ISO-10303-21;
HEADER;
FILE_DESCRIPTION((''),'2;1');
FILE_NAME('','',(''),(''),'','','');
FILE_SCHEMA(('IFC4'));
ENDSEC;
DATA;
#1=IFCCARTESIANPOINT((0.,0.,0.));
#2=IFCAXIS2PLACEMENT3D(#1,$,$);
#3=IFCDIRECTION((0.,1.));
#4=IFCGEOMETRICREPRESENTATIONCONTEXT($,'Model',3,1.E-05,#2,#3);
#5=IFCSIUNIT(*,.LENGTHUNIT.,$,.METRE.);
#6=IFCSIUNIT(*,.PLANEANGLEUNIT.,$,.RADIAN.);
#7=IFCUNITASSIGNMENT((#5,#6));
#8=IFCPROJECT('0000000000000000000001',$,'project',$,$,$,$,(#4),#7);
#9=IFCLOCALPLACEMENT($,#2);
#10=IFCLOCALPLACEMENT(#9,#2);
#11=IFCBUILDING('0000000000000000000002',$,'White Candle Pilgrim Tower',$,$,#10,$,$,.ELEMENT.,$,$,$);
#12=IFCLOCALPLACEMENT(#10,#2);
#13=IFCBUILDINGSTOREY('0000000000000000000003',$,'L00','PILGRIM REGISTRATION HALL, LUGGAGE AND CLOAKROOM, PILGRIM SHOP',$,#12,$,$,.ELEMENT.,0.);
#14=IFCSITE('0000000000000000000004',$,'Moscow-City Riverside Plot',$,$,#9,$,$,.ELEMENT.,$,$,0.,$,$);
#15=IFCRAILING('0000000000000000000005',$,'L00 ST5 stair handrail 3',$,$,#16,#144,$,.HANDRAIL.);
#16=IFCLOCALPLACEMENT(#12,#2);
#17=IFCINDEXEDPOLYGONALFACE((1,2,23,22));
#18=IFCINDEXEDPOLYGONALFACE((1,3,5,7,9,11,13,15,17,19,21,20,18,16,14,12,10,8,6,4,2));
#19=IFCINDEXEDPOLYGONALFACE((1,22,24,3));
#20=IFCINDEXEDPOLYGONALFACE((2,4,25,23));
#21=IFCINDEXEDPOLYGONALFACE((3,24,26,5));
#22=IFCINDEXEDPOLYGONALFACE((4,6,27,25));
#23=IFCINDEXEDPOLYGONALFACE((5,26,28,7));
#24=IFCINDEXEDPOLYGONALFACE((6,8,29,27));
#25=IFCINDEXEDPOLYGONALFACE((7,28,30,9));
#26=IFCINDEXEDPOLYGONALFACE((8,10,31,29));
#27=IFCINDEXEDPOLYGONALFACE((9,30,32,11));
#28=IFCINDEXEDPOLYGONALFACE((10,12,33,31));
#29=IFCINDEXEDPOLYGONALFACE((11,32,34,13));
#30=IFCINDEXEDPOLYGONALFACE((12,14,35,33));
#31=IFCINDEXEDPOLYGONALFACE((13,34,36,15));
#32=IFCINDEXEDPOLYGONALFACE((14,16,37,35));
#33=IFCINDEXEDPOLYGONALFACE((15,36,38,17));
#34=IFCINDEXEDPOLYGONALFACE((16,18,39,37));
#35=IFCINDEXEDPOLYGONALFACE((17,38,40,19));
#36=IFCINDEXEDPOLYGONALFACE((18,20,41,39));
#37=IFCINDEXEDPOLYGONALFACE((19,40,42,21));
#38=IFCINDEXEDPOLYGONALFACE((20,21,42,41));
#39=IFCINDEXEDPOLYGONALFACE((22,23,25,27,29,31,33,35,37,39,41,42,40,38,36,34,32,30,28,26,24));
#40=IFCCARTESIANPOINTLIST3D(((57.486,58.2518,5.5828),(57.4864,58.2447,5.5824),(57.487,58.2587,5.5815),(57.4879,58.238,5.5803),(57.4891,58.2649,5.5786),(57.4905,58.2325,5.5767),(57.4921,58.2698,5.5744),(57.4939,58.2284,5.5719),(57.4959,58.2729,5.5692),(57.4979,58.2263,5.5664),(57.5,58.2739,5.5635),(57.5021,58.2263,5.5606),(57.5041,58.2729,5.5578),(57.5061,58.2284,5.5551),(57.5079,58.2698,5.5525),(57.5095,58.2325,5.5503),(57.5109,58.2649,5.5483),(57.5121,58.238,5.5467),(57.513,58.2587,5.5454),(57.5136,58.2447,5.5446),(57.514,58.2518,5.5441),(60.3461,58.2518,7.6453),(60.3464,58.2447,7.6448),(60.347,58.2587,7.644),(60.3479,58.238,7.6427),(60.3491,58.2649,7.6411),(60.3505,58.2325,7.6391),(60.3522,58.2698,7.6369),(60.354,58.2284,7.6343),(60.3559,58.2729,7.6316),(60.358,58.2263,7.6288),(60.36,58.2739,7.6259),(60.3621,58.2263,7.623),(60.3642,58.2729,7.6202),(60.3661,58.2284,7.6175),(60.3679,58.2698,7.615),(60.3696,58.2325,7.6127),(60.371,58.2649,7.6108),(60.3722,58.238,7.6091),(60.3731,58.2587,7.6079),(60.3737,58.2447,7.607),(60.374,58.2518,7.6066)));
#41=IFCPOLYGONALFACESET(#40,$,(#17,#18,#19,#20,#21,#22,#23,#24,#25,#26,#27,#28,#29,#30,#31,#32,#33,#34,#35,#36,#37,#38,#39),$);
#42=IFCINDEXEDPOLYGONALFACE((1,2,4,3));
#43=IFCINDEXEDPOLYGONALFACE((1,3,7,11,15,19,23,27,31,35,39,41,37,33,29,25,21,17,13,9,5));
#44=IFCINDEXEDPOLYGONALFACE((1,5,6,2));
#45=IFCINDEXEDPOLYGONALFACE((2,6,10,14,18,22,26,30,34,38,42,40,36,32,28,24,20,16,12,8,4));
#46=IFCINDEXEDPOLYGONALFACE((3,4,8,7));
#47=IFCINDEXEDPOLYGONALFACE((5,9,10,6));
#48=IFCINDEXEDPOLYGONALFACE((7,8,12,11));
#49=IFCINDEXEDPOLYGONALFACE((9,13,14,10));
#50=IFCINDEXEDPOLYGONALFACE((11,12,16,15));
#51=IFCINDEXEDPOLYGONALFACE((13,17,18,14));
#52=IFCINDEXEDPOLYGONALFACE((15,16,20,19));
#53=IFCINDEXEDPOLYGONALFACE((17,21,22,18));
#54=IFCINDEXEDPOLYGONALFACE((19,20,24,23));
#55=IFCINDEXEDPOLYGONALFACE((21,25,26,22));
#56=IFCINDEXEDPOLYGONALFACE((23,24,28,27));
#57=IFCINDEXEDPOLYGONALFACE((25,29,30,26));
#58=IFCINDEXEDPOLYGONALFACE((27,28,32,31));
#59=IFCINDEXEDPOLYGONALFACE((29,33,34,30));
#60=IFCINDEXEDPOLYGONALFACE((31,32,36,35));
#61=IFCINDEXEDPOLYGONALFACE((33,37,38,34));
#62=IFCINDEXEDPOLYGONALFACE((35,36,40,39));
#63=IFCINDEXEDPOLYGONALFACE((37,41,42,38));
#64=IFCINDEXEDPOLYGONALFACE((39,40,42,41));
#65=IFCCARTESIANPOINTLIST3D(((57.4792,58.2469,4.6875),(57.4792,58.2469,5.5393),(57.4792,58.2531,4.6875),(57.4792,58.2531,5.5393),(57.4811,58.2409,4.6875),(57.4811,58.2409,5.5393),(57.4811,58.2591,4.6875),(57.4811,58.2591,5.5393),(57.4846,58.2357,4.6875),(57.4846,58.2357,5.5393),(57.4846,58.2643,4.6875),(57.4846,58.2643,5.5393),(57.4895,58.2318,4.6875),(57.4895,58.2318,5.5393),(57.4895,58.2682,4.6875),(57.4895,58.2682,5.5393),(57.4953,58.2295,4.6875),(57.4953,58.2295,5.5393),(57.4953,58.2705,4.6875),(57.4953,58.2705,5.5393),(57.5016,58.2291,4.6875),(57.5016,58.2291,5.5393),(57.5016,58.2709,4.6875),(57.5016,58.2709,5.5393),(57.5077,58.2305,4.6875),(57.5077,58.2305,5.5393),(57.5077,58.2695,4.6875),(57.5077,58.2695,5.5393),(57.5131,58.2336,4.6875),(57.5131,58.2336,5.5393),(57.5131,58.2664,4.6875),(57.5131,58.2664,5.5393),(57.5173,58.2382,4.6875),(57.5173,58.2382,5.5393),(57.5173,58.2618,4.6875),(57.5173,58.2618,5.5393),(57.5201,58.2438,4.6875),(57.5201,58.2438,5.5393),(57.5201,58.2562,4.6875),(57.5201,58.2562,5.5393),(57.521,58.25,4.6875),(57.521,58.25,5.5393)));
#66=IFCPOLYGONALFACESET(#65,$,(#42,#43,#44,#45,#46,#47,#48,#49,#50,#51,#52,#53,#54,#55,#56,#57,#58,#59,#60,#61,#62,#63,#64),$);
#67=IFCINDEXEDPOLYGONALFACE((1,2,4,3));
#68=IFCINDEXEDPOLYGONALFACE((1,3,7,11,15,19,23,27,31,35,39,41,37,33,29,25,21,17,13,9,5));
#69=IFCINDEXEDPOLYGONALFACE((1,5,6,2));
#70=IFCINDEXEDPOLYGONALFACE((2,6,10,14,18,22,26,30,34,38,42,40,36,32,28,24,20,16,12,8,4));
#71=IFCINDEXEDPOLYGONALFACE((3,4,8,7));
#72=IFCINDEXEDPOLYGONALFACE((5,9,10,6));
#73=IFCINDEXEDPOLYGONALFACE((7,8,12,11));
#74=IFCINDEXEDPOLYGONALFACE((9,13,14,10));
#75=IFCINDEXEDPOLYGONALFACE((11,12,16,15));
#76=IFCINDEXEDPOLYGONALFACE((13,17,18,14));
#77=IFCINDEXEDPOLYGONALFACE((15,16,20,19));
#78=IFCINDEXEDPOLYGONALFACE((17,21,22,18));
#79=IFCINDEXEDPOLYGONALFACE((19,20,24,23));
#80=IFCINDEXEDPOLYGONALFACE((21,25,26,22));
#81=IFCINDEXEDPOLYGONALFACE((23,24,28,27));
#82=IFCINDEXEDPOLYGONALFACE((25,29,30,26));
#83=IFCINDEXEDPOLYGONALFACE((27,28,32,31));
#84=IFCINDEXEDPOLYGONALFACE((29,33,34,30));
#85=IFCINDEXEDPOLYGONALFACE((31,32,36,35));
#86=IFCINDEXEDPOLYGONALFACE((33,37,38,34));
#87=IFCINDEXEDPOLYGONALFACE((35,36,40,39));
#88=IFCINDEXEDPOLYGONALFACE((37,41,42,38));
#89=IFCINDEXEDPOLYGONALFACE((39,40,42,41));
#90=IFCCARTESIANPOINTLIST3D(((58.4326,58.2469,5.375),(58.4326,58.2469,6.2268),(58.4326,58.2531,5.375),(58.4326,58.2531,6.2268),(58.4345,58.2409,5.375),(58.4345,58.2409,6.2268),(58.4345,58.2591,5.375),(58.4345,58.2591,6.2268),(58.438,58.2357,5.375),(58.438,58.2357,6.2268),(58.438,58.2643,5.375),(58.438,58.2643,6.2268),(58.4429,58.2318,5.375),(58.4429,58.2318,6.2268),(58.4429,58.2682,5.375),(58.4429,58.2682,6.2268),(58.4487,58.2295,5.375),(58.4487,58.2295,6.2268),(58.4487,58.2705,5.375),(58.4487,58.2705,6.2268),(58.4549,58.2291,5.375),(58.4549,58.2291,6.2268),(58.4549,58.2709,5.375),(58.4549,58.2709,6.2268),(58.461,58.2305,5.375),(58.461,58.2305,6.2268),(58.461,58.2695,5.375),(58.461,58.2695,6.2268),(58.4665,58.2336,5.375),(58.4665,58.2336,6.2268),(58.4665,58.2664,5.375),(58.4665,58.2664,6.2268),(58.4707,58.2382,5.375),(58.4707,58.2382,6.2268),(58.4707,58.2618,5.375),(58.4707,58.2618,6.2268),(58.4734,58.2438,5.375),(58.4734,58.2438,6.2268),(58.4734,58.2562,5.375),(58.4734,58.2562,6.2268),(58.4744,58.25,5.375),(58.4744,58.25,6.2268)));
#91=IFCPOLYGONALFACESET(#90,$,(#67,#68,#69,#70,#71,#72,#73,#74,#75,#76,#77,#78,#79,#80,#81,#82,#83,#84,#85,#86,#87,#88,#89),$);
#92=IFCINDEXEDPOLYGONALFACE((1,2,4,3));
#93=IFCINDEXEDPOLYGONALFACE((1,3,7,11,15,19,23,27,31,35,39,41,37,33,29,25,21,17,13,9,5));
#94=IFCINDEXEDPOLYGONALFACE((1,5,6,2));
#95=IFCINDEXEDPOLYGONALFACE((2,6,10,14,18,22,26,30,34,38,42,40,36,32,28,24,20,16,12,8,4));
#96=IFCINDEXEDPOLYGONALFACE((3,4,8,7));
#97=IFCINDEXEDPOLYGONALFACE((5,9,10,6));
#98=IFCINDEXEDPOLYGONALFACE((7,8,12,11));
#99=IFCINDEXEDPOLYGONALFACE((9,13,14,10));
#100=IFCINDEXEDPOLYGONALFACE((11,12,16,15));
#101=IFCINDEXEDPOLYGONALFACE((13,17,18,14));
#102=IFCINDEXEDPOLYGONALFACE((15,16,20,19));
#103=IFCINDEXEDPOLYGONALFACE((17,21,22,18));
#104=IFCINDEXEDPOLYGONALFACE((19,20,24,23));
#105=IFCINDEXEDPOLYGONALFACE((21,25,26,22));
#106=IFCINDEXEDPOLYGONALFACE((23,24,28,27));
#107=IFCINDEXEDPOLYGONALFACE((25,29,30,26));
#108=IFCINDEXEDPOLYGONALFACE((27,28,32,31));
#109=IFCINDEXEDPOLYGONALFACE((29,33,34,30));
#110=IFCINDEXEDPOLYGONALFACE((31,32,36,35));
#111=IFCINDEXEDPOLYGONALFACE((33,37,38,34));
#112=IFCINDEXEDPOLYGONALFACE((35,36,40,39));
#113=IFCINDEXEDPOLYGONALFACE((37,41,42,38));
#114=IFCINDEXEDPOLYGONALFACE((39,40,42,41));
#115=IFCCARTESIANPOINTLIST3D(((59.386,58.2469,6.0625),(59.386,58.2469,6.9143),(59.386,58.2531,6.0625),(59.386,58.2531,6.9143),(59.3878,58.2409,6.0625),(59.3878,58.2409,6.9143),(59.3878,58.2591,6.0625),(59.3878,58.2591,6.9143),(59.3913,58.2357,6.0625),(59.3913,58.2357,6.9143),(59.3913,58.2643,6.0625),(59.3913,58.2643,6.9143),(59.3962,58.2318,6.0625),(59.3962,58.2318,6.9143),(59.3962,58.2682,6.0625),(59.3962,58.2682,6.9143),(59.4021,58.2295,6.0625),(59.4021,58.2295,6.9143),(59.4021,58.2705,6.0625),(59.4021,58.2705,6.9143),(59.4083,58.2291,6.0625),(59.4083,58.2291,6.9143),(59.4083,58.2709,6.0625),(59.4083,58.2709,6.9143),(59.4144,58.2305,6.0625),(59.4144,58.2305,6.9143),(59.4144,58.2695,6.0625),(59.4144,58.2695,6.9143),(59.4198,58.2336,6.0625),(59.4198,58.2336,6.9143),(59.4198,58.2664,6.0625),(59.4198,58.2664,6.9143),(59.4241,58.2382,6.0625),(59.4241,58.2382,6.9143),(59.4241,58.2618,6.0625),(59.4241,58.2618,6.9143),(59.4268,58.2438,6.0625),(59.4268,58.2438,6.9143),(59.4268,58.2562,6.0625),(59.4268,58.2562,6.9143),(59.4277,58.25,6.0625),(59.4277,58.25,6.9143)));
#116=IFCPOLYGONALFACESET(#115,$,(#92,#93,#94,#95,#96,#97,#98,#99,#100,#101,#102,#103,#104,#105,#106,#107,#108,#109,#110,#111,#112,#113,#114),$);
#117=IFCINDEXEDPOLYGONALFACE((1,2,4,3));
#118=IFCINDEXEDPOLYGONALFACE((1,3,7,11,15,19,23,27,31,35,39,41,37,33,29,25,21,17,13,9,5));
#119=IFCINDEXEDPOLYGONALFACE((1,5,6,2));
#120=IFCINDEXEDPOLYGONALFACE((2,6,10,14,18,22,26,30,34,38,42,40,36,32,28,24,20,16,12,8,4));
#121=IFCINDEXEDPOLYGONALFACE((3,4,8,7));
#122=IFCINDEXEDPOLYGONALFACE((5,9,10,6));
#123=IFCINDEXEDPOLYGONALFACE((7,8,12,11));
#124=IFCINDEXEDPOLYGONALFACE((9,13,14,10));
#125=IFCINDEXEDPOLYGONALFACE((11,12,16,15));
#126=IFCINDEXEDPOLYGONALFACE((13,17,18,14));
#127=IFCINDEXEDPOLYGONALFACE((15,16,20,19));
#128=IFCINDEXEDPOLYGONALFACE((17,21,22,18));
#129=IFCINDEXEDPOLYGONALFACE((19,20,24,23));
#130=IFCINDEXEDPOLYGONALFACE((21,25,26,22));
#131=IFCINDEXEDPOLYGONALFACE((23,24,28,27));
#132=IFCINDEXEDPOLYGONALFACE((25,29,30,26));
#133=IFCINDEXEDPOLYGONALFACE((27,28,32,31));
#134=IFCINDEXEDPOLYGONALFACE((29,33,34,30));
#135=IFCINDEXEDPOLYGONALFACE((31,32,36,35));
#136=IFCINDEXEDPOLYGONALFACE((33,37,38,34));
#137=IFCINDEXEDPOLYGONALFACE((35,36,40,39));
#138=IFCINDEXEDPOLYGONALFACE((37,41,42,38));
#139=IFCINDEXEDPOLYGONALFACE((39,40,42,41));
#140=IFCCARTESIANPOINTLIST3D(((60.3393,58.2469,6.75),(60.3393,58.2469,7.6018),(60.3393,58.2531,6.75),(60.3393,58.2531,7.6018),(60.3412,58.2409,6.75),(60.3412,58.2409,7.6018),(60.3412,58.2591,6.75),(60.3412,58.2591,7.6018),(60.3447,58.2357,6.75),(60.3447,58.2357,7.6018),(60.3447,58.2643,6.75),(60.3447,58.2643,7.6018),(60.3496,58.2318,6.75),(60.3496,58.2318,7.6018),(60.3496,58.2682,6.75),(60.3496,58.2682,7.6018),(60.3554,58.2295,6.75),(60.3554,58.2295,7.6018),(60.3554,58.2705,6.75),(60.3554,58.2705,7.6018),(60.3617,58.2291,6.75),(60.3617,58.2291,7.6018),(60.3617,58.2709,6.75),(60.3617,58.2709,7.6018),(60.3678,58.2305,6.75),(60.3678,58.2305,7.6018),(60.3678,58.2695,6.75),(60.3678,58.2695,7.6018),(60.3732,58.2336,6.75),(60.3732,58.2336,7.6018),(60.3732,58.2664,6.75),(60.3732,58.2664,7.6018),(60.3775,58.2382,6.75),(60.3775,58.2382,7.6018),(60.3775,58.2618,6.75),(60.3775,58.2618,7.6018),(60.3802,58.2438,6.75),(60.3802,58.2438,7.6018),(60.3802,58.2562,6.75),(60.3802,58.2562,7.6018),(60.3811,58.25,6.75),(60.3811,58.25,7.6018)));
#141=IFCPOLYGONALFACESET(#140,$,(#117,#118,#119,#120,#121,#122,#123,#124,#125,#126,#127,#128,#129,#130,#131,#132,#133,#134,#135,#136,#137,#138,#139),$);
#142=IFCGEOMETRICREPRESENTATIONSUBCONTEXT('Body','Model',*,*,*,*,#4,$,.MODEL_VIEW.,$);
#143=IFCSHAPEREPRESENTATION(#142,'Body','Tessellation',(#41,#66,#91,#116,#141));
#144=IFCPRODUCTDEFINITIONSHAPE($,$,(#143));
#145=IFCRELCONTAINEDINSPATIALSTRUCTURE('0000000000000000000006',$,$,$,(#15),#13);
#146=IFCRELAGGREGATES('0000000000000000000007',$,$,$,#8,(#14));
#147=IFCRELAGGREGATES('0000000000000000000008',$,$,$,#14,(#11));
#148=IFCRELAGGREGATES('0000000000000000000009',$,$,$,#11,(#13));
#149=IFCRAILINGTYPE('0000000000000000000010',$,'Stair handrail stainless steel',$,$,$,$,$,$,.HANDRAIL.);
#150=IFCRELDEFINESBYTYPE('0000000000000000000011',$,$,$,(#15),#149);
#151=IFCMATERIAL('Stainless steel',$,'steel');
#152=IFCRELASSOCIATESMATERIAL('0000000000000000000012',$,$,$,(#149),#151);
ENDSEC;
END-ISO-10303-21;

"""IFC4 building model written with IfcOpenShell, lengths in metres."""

from ifc_helpers import new_model, si_unit, direction, frame, origin, origin_2d, place, context, subcontext, project, spatial, circle, extrude, material, type_object, element, save


model = new_model("IFC4")

# Units and contexts
model_context = context("Model", 3, precision=1e-05, world=origin(), true_north=direction((0.0, 1.0)))
body_context = subcontext(model_context, "Body", "Model", "MODEL_VIEW")
ifc_project = project(units=[si_unit("LENGTHUNIT", "METRE"), si_unit("PLANEANGLEUNIT", "RADIAN")], contexts=[model_context])

# Site, building, storey
site_placement = place(None, origin())
site = spatial("IfcSite", under=ifc_project, at=site_placement, Name="Moscow-City Riverside Plot", CompositionType="ELEMENT", RefElevation=0.0)
building_placement = place(site_placement, origin())
building = spatial("IfcBuilding", under=site, at=building_placement, Name="White Candle Pilgrim Tower", CompositionType="ELEMENT")
storey_placement = place(building_placement, origin())
storey = spatial("IfcBuildingStorey", under=building, at=storey_placement, Name="L00", Description="PILGRIM REGISTRATION HALL, LUGGAGE AND CLOAKROOM, PILGRIM SHOP", CompositionType="ELEMENT", Elevation=0.0)

# Railing
ifc_material_1 = material(Name="Stainless steel", Category="steel")
railing_type_1 = type_object("IfcRailingType", Name="Stair handrail stainless steel", PredefinedType="HANDRAIL", material=ifc_material_1)
railing_1_placement = place(storey_placement, frame((57.5, 58.25, 4.6875)))
element("IfcRailing", 1, at=railing_1_placement, inside=storey, type_object=railing_type_1, Name="L00 ST5 stair handrail 3", PredefinedType="HANDRAIL", context=body_context, shape_type="SweptSolid", body=[
    extrude(circle(Radius=0.0239, at=origin_2d()), frame((0.0, 0.0, 0.876), z_axis=(0.811101, 0.0, 0.584906), x_axis=(0.0, 1.0, 0.0)), (0.0, 0.0, 1.0), 3.5261),
    extrude(circle(Radius=0.021, at=origin_2d()), origin(), (0.0, 0.0, 1.0), 0.8518),
    extrude(circle(Radius=0.021, at=origin_2d()), frame((0.9534, 0.0, 0.6875)), (0.0, 0.0, 1.0), 0.8518),
    extrude(circle(Radius=0.021, at=origin_2d()), frame((1.9067, 0.0, 1.375)), (0.0, 0.0, 1.0), 0.8518),
    extrude(circle(Radius=0.021, at=origin_2d()), frame((2.8601, 0.0, 2.0625)), (0.0, 0.0, 1.0), 0.8518),
])

save(model, "model.ifc")
